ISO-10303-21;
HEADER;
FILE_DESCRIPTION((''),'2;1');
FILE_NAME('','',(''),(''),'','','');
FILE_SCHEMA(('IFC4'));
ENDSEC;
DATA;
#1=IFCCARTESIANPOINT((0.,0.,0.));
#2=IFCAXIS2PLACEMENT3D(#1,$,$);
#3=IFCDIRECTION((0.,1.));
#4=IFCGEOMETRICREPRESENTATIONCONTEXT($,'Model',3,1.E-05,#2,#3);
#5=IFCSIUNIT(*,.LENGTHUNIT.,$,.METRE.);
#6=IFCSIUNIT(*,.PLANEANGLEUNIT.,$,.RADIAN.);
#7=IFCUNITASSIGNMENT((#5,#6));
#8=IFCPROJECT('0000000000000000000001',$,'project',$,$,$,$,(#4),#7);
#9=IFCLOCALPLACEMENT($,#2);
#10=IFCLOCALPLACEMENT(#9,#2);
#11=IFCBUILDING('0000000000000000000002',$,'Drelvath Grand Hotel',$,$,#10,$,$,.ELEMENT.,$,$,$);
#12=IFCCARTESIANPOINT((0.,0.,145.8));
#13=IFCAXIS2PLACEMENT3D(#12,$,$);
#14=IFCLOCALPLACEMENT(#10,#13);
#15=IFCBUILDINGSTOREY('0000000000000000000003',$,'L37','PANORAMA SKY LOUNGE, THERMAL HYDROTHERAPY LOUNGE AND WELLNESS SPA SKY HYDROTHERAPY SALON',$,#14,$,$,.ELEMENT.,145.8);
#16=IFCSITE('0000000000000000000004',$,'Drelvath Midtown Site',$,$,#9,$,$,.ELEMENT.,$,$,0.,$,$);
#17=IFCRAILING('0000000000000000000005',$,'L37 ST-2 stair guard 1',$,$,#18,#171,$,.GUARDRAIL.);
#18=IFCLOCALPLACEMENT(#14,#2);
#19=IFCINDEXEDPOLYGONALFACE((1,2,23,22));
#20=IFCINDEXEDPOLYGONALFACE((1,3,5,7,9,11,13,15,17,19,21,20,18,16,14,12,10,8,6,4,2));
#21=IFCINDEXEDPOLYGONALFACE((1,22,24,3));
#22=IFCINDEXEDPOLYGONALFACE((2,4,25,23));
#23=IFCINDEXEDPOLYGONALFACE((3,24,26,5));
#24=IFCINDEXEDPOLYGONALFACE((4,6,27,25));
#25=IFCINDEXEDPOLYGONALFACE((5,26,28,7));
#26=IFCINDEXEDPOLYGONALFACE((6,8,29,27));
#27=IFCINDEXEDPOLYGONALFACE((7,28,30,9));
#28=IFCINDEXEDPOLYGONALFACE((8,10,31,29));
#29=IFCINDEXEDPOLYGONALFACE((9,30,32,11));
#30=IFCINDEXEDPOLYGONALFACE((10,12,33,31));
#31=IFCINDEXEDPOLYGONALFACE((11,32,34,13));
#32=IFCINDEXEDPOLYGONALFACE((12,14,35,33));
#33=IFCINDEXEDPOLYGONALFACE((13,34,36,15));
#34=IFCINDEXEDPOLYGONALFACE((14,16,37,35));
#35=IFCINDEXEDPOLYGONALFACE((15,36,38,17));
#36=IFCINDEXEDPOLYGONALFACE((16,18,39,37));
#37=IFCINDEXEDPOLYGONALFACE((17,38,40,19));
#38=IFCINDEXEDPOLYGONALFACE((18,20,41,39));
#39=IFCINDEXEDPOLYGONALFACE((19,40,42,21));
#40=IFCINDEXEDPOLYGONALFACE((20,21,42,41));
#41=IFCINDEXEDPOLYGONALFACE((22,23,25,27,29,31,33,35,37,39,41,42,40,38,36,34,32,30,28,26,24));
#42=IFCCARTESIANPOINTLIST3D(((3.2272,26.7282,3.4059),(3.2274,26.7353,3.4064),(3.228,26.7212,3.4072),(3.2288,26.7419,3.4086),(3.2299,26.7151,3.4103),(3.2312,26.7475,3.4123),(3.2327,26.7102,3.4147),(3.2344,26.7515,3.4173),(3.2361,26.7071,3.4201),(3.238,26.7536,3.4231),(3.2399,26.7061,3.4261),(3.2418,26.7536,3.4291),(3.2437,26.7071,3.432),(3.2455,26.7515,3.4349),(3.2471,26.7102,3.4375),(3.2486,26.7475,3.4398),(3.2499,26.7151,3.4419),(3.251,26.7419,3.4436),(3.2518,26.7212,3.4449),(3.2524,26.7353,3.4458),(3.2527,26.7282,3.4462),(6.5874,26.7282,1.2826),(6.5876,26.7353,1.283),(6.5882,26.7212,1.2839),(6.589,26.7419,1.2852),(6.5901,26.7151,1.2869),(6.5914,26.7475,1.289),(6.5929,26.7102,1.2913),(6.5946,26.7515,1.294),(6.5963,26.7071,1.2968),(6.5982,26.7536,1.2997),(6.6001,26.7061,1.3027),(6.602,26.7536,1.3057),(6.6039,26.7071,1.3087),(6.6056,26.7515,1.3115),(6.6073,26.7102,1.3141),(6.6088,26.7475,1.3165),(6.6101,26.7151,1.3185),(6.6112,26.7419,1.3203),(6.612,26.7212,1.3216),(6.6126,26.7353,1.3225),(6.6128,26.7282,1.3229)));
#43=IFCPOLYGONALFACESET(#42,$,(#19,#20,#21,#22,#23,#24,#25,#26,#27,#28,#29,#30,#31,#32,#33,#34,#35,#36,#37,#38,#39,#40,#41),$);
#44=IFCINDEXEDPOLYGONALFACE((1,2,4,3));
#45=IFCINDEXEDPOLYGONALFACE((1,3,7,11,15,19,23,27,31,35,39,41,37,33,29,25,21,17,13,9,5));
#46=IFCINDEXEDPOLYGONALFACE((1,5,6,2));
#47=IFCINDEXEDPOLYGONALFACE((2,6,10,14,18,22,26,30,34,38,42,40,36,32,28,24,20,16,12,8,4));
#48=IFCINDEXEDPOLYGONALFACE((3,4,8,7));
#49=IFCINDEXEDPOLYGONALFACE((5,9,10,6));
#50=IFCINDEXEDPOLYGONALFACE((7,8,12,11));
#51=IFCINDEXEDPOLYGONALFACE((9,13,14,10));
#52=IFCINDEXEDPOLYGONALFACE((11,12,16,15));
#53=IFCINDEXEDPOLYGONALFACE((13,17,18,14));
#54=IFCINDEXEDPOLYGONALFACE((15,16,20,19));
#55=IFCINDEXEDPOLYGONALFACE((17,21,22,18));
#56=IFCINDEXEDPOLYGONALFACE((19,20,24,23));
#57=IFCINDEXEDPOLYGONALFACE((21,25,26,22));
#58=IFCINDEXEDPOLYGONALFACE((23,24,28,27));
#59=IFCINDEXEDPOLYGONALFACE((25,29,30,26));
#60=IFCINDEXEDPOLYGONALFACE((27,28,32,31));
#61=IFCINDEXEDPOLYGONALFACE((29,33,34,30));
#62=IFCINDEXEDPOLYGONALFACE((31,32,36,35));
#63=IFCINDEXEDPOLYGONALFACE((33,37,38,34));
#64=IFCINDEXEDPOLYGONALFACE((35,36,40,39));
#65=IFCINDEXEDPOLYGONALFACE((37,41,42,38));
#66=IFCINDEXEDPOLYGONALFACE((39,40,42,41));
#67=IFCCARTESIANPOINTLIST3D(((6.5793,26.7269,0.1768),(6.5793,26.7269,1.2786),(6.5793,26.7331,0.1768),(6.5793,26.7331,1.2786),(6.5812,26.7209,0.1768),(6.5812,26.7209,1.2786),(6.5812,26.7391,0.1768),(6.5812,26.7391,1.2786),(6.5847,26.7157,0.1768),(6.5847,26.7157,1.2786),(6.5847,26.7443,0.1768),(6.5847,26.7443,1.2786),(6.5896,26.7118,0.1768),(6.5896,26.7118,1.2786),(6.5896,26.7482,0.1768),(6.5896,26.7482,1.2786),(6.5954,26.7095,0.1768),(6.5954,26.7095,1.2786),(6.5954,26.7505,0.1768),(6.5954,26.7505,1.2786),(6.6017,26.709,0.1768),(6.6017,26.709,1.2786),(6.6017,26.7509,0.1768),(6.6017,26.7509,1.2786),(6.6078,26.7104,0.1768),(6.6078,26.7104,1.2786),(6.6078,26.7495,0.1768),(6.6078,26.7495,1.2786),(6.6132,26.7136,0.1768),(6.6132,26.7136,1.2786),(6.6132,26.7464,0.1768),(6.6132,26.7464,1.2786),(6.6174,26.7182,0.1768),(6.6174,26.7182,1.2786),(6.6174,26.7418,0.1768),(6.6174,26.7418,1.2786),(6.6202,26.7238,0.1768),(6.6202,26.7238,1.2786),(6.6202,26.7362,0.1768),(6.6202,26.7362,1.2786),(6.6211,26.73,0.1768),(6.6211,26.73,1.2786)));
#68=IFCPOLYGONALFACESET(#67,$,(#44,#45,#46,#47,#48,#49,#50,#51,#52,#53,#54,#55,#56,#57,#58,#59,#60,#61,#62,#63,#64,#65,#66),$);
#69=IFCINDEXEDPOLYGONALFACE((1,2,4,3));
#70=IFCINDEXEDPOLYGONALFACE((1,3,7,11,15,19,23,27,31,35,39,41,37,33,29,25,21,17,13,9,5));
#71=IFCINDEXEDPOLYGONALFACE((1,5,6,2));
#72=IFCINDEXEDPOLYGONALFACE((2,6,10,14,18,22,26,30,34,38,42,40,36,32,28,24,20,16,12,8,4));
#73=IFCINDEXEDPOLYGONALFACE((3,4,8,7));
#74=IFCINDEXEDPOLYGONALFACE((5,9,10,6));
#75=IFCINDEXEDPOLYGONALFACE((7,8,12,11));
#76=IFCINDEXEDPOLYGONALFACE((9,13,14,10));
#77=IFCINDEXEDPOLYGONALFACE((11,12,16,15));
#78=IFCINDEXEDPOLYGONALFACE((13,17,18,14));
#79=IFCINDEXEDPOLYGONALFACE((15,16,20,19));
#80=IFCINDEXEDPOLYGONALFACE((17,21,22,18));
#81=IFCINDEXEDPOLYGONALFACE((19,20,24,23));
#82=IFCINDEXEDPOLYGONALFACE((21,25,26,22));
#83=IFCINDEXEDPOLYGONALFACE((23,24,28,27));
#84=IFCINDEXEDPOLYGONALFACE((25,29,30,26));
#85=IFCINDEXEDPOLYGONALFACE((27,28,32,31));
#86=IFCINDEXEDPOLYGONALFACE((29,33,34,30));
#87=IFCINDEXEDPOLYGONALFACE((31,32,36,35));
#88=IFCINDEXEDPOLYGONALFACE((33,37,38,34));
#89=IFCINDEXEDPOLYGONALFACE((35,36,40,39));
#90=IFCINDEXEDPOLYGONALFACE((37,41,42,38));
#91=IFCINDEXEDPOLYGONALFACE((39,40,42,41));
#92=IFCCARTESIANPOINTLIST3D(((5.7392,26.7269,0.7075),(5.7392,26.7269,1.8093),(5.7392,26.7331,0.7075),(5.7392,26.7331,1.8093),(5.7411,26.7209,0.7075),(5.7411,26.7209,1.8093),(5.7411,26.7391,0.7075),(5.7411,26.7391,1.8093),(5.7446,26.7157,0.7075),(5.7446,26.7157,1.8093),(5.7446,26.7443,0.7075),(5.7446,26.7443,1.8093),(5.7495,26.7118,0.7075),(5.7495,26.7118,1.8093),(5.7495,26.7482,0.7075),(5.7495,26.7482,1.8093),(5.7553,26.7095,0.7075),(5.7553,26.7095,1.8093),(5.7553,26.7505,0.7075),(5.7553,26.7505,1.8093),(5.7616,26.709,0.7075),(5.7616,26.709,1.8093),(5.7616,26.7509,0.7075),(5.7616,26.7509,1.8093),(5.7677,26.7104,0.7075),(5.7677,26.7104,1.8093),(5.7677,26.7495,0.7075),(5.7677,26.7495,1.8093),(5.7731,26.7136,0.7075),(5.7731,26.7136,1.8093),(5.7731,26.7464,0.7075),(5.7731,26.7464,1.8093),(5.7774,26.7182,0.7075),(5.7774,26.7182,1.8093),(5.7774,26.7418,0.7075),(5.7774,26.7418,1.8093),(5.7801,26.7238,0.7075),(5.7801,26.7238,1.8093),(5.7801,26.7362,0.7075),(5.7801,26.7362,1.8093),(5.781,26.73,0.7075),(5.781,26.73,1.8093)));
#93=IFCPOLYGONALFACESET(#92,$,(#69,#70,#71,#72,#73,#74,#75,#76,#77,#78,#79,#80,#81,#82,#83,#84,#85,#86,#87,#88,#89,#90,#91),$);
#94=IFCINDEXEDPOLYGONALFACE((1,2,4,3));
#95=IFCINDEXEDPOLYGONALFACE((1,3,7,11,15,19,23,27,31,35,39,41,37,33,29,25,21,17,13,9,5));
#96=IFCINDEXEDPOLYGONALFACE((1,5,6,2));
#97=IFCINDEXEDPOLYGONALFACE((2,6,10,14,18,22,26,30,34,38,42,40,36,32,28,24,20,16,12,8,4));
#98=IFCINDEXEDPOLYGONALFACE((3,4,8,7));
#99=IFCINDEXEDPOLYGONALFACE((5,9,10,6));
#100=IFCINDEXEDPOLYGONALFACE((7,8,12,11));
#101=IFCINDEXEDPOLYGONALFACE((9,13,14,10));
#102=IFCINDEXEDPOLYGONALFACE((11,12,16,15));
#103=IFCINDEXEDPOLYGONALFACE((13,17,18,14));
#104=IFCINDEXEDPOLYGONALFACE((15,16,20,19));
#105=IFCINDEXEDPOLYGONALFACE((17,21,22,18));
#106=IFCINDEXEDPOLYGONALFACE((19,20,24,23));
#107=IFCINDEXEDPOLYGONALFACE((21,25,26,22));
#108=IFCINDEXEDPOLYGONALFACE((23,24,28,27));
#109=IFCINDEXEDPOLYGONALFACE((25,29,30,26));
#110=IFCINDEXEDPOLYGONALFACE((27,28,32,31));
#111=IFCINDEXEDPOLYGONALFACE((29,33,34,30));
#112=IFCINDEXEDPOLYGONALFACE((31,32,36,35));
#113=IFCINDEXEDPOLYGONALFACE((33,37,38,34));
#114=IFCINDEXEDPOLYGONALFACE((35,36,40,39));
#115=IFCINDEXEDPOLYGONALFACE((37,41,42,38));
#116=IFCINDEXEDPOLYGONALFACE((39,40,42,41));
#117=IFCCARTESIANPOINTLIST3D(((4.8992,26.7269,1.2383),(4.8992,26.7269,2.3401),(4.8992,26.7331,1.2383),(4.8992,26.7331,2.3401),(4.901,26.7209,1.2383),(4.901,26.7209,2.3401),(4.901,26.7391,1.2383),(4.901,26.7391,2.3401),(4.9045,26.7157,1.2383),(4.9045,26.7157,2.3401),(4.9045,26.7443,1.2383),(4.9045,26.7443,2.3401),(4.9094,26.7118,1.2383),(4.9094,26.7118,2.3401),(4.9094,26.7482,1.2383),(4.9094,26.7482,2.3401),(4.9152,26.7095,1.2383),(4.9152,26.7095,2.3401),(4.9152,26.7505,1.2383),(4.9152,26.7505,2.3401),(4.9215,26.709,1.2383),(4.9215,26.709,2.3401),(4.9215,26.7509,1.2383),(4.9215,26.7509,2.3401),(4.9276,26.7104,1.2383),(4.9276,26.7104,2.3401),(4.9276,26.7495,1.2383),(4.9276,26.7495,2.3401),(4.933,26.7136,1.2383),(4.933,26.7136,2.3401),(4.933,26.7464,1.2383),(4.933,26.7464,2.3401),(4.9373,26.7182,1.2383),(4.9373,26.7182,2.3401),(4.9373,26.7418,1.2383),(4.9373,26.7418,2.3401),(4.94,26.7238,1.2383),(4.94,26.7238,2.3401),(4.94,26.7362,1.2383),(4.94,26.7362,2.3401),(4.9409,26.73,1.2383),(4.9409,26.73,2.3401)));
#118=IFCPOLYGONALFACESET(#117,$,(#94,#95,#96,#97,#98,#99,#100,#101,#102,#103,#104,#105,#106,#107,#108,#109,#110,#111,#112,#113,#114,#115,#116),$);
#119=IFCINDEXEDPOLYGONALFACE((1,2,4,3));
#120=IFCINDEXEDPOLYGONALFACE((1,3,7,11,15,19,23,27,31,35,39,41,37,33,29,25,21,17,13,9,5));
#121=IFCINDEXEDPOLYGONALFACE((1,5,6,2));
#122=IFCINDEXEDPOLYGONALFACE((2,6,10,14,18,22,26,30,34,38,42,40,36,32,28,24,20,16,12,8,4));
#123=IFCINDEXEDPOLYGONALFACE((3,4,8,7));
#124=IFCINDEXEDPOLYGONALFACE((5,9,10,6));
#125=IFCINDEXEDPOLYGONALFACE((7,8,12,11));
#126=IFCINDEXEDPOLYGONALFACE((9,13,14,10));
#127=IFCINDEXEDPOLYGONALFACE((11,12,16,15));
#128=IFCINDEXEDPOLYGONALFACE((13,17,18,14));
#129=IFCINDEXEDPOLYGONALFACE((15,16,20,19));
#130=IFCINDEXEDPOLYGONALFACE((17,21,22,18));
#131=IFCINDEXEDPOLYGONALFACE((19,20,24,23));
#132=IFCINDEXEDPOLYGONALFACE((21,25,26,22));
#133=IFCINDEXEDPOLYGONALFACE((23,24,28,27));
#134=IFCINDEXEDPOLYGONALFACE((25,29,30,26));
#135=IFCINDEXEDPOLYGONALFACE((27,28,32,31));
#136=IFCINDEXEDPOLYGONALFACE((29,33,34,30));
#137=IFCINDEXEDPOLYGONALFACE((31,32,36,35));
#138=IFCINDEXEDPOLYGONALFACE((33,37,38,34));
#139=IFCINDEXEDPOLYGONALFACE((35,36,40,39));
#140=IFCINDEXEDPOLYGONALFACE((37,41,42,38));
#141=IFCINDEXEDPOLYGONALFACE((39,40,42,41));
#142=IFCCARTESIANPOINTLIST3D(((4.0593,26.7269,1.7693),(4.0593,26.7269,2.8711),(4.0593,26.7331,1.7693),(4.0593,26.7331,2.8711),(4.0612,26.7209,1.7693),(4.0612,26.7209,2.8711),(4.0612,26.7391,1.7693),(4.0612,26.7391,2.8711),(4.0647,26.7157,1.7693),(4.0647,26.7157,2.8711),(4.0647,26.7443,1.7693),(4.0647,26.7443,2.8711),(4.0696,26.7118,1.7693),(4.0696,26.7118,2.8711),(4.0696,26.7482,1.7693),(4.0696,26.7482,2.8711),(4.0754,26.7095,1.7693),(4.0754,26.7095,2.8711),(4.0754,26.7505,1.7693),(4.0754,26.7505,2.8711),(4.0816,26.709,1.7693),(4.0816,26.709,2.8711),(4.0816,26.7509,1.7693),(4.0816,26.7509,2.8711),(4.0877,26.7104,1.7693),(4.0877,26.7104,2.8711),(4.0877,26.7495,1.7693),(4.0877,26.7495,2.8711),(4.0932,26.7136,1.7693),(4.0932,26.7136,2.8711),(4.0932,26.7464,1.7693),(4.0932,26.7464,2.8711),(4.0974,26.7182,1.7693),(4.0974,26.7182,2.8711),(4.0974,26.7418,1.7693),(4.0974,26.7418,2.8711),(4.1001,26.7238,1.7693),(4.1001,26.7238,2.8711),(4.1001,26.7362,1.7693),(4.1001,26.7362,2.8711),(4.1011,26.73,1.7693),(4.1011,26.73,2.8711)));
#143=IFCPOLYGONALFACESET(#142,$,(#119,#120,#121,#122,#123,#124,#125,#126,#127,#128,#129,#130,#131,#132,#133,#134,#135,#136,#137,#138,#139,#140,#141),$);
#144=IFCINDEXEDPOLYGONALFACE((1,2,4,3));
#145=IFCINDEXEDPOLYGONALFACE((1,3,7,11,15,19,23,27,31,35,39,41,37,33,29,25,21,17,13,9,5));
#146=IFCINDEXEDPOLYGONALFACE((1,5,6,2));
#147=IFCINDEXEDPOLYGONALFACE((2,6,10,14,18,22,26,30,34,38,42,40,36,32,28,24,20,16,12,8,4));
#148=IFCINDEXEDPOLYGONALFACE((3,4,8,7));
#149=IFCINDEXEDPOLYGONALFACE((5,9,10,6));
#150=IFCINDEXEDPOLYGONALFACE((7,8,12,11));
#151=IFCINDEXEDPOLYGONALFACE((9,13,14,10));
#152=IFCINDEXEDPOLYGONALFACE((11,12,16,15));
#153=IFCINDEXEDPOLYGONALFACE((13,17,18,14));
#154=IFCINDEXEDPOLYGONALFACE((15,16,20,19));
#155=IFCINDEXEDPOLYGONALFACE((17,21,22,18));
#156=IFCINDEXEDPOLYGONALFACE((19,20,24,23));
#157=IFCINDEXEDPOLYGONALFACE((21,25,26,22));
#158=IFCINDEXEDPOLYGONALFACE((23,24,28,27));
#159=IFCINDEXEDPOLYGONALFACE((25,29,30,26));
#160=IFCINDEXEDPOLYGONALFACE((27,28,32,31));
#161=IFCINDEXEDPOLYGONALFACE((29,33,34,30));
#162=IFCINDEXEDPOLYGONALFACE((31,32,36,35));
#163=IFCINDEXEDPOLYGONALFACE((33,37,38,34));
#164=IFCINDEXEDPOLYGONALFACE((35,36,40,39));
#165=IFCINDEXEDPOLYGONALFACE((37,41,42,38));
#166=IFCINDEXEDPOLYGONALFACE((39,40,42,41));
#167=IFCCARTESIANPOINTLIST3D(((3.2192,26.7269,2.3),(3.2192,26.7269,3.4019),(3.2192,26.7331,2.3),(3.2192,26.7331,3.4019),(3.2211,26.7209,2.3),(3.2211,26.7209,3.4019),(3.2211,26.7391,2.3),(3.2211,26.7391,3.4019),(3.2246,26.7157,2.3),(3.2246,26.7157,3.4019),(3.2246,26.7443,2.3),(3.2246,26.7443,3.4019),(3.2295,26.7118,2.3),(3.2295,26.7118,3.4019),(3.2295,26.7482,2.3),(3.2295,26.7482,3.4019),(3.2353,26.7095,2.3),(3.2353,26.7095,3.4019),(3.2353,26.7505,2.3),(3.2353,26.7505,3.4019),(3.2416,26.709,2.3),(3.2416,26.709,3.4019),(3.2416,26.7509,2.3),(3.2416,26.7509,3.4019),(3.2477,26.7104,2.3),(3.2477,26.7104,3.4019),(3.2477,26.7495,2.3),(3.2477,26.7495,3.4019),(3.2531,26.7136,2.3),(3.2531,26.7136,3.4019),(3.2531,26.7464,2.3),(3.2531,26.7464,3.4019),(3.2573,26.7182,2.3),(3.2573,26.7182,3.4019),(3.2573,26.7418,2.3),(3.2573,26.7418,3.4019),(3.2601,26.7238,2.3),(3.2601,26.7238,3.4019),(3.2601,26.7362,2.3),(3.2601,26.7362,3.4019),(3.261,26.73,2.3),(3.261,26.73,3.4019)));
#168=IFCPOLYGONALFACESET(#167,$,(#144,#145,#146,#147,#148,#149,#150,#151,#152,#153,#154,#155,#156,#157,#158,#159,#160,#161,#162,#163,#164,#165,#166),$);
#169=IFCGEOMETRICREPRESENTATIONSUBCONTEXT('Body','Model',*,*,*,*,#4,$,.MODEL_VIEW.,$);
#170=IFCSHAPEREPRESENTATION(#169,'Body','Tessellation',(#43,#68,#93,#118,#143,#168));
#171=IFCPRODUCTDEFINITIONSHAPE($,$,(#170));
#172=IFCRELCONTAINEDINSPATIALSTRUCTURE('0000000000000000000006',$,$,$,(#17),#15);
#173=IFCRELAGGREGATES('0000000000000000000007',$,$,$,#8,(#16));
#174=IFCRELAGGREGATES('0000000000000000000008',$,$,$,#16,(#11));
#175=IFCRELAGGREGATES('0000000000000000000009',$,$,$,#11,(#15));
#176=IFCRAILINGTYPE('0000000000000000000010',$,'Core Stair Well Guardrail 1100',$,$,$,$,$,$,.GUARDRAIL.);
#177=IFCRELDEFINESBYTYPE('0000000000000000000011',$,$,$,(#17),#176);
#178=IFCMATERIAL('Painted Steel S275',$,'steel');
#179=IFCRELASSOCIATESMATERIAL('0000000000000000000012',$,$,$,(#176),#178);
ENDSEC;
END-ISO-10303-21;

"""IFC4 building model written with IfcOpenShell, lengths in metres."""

from ifc_helpers import new_model, si_unit, direction, frame, origin, origin_2d, place, context, subcontext, project, spatial, circle, extrude, material, type_object, element, save


model = new_model("IFC4")

# Units and contexts
model_context = context("Model", 3, precision=1e-05, world=origin(), true_north=direction((0.0, 1.0)))
body_context = subcontext(model_context, "Body", "Model", "MODEL_VIEW")
ifc_project = project(units=[si_unit("LENGTHUNIT", "METRE"), si_unit("PLANEANGLEUNIT", "RADIAN")], contexts=[model_context])

# Site, building, storey
site_placement = place(None, origin())
site = spatial("IfcSite", under=ifc_project, at=site_placement, Name="Drelvath Midtown Site", CompositionType="ELEMENT", RefElevation=0.0)
building_placement = place(site_placement, origin())
building = spatial("IfcBuilding", under=site, at=building_placement, Name="Drelvath Grand Hotel", CompositionType="ELEMENT")
storey_placement = place(building_placement, frame((0.0, 0.0, 145.8)))
storey = spatial("IfcBuildingStorey", under=building, at=storey_placement, Name="L37", Description="PANORAMA SKY LOUNGE, THERMAL HYDROTHERAPY LOUNGE AND WELLNESS SPA SKY HYDROTHERAPY SALON", CompositionType="ELEMENT", Elevation=145.8)

# Shared definitions
ifc_material_1 = material(Name="Painted Steel S275", Category="steel")

# Railing
railing_type_1 = type_object("IfcRailingType", Name="Core Stair Well Guardrail 1100", PredefinedType="GUARDRAIL", material=ifc_material_1)
railing_1_placement = place(storey_placement, frame((6.6001, 26.73, 0.1768)))
element("IfcRailing", 1, at=railing_1_placement, inside=storey, type_object=railing_type_1, Name="L37 ST-2 stair guard 1", PredefinedType="GUARDRAIL", context=body_context, shape_type="SweptSolid", body=[
    extrude(circle(Radius=0.0239, at=origin_2d()), frame((0.0, 0.0, 1.126), z_axis=(-0.845362, 0.0, 0.534194), x_axis=(0.0, -1.0, 0.0)), (0.0, 0.0, 1.0), 3.9749),
    extrude(circle(Radius=0.021, at=origin_2d()), origin(), (0.0, 0.0, 1.0), 1.1018),
    extrude(circle(Radius=0.021, at=origin_2d()), frame((-0.8401, 0.0, 0.5308)), (0.0, 0.0, 1.0), 1.1018),
    extrude(circle(Radius=0.021, at=origin_2d()), frame((-1.6802, 0.0, 1.0615)), (0.0, 0.0, 1.0), 1.1018),
    extrude(circle(Radius=0.021, at=origin_2d()), frame((-2.52, 0.0, 1.5925)), (0.0, 0.0, 1.0), 1.1018),
    extrude(circle(Radius=0.021, at=origin_2d()), frame((-3.3601, 0.0, 2.1233)), (0.0, 0.0, 1.0), 1.1018),
])

save(model, "model.ifc")
